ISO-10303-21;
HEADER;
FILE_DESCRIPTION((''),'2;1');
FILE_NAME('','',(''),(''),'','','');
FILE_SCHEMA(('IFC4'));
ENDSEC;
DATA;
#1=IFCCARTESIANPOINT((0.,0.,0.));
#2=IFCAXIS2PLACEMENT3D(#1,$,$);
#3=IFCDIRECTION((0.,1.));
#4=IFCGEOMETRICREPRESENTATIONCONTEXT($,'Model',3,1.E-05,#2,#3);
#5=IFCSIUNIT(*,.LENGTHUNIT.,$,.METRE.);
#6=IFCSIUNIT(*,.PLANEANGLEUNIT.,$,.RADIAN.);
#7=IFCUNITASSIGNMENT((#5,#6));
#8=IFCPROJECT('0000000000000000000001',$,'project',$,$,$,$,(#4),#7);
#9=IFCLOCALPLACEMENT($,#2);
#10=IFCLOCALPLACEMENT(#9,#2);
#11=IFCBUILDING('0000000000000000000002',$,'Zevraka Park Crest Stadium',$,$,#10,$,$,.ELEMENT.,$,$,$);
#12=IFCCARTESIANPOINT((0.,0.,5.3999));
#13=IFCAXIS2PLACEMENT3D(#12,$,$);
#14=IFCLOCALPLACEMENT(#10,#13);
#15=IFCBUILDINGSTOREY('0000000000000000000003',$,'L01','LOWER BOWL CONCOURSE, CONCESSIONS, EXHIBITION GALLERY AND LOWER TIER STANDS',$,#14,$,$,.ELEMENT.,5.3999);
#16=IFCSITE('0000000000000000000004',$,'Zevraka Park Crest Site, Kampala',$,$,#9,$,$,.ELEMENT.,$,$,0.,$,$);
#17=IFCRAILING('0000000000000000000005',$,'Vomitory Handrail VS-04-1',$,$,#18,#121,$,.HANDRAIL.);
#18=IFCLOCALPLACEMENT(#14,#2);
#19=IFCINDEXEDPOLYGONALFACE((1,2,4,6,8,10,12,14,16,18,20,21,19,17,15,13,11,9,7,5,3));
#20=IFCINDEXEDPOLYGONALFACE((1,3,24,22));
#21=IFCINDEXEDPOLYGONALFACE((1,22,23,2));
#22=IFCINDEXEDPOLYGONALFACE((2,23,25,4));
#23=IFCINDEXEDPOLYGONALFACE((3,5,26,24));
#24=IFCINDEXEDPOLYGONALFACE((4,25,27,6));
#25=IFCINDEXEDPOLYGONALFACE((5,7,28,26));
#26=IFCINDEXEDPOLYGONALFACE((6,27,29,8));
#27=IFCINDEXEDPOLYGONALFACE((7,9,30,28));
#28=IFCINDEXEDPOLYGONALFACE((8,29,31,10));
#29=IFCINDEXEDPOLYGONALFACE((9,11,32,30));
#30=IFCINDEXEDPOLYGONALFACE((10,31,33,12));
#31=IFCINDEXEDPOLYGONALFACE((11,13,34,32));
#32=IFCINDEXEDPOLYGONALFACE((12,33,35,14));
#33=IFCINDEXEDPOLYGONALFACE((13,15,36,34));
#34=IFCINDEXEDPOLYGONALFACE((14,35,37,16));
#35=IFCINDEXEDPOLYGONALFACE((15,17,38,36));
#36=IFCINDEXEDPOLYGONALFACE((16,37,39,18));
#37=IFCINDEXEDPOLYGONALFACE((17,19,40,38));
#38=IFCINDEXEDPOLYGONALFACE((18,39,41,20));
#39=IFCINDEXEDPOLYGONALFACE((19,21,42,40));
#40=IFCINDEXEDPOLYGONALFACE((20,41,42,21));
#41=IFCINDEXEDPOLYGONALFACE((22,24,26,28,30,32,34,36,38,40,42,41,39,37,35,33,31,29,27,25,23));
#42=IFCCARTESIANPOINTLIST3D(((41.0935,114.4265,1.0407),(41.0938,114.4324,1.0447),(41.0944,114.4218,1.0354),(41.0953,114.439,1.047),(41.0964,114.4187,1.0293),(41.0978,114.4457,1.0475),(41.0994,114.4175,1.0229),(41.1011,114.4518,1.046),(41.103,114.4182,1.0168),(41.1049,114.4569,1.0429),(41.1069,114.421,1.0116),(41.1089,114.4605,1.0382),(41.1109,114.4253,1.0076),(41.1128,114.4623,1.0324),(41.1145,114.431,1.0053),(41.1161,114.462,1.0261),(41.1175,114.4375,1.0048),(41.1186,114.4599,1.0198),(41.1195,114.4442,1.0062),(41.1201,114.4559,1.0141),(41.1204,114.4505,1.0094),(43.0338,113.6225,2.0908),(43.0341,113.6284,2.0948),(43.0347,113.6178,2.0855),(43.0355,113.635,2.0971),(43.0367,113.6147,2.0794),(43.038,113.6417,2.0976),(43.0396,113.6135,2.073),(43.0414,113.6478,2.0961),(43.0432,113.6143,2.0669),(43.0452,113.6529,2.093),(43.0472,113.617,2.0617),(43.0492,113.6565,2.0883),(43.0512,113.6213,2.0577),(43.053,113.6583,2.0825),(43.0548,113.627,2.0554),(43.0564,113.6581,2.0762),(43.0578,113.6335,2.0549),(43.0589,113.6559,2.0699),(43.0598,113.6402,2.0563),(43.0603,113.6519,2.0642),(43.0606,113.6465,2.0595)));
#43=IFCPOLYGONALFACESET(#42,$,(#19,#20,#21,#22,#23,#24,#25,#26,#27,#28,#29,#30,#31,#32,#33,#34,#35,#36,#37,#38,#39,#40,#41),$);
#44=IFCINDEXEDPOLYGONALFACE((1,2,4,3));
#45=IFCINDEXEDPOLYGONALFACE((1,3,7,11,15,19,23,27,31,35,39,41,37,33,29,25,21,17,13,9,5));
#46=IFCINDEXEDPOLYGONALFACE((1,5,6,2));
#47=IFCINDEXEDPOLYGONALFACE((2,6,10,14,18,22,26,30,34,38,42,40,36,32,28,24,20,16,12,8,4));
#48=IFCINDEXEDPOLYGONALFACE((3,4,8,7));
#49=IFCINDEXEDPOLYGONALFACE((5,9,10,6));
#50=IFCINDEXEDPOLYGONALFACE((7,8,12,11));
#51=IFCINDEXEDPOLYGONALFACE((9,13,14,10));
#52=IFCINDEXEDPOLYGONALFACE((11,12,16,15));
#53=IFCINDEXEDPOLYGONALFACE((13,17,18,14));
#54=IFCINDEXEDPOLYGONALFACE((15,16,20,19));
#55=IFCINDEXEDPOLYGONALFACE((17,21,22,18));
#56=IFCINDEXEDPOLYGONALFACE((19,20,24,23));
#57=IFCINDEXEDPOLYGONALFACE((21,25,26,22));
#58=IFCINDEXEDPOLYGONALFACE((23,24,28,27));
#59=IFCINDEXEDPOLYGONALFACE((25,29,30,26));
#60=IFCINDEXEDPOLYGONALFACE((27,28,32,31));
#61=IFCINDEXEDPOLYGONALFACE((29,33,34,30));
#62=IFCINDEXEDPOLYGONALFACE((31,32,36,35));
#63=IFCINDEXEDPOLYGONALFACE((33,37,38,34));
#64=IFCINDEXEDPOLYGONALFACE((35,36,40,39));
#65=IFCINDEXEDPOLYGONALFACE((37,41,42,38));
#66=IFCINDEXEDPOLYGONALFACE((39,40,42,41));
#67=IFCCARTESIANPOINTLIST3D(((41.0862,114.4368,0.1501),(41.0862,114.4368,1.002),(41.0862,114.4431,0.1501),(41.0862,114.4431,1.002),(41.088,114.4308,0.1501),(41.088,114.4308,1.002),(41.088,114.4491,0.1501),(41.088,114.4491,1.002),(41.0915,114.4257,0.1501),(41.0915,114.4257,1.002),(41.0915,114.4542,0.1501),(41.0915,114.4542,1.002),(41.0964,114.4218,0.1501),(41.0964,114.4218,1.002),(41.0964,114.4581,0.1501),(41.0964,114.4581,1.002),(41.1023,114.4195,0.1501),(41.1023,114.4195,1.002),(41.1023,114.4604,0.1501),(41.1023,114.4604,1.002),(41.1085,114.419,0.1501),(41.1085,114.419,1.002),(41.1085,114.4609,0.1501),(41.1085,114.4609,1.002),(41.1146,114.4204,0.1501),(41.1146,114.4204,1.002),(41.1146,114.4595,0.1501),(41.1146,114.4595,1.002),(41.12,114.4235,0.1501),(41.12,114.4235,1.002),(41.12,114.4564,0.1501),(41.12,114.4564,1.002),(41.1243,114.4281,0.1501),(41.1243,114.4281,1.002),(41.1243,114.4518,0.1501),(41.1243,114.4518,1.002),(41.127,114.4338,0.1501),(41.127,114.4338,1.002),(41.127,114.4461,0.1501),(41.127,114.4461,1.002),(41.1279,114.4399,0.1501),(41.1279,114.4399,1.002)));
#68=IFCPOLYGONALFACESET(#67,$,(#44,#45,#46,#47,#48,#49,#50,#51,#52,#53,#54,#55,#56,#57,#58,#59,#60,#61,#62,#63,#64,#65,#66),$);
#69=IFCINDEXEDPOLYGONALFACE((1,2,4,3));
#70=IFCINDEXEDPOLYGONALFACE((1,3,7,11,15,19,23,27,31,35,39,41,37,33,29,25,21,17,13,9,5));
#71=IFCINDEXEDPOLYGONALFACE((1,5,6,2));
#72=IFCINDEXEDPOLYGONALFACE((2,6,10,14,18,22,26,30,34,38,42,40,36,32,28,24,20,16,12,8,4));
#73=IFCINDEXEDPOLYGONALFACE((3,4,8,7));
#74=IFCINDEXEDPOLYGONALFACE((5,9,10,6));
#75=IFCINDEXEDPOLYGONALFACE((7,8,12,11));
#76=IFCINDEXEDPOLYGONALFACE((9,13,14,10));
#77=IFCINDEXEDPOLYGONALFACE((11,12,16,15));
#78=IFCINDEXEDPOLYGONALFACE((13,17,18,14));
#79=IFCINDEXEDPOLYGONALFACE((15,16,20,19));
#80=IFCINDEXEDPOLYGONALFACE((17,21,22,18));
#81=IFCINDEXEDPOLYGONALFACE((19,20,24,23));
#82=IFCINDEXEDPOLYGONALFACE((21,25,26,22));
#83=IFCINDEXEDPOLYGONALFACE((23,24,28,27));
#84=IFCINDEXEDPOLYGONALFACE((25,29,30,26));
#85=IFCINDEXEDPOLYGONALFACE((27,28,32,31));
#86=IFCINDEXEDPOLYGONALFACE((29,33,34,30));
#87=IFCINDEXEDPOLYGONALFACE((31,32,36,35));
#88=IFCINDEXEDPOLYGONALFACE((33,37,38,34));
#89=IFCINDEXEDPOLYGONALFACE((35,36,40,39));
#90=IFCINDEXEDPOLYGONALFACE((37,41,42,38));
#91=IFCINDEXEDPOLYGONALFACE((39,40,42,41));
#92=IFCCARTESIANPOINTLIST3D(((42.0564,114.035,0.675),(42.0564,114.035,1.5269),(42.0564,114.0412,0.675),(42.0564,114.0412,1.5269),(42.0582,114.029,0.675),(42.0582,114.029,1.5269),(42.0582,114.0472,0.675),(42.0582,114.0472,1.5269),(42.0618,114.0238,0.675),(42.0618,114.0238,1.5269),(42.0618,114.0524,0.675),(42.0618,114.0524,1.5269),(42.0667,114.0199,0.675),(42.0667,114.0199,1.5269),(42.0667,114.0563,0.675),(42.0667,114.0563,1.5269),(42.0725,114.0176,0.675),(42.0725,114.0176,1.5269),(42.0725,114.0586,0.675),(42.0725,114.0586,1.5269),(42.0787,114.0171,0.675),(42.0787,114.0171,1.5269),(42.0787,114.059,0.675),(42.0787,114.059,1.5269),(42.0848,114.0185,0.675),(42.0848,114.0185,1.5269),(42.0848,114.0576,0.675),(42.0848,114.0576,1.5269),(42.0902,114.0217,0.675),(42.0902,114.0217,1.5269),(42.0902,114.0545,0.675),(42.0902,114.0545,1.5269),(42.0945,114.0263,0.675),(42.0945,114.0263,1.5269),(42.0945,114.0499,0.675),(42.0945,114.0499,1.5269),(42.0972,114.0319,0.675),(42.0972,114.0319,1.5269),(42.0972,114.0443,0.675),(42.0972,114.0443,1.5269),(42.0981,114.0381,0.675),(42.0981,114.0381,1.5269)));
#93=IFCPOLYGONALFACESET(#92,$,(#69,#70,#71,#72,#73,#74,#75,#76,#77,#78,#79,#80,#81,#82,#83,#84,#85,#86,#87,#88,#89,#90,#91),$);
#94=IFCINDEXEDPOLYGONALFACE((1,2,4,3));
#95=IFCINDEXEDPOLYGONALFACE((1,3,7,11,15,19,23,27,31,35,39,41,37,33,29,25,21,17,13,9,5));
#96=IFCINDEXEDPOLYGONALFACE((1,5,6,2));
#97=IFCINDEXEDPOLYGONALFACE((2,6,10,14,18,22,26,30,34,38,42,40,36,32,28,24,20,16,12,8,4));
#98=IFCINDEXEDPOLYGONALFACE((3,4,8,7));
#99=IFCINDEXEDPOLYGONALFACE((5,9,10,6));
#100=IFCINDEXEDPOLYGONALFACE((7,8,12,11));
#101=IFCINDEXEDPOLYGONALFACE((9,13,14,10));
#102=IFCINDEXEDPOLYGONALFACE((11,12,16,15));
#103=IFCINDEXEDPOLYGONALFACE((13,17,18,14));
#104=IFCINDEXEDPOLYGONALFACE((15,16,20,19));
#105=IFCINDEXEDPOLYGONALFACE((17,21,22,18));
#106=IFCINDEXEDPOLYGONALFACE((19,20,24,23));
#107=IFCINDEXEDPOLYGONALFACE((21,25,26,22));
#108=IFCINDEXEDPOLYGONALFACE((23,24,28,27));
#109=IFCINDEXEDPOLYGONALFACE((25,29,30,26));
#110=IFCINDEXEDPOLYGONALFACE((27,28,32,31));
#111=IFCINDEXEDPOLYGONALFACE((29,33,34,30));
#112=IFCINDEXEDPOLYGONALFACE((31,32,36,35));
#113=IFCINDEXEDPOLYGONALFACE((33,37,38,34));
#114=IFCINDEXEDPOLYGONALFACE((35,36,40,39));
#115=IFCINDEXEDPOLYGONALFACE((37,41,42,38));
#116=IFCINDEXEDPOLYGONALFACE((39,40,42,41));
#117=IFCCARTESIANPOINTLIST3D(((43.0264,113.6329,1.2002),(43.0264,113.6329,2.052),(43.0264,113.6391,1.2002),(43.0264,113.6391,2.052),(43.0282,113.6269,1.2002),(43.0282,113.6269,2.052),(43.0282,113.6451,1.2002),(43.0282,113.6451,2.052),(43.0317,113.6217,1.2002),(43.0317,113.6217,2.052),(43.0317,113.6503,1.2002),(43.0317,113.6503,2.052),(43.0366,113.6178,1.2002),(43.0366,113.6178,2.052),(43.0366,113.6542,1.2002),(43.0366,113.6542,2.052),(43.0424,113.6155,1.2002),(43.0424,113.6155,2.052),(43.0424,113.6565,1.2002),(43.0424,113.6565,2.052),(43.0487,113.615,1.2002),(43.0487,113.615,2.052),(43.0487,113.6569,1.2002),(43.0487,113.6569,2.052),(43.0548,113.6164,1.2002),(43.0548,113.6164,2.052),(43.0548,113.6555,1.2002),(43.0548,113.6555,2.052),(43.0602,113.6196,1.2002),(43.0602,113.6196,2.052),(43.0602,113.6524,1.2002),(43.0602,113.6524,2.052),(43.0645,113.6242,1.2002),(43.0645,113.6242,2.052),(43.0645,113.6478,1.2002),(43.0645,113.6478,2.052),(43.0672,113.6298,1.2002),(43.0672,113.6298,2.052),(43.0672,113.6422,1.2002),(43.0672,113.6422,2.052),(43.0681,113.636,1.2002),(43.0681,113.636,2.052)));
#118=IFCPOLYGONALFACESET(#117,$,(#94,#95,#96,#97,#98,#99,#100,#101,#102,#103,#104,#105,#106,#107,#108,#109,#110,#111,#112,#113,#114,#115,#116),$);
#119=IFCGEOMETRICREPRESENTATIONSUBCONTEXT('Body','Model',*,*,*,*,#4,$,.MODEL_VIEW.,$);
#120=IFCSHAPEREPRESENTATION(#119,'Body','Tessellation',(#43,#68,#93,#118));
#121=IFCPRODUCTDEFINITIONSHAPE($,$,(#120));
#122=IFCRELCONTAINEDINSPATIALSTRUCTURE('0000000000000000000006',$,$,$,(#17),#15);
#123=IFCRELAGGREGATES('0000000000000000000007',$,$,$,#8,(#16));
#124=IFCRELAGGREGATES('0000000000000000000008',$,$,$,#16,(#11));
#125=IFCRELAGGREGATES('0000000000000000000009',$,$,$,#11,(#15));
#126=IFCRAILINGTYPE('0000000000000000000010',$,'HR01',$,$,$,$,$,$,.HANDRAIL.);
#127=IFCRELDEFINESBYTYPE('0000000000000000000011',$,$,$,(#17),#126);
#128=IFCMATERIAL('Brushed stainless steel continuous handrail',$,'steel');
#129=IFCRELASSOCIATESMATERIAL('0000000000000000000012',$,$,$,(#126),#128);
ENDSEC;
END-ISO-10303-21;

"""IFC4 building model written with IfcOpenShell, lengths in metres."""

from ifc_helpers import new_model, si_unit, direction, frame, origin, origin_2d, place, context, subcontext, project, spatial, circle, extrude, material, type_object, element, save


model = new_model("IFC4")

# Units and contexts
model_context = context("Model", 3, precision=1e-05, world=origin(), true_north=direction((0.0, 1.0)))
body_context = subcontext(model_context, "Body", "Model", "MODEL_VIEW")
ifc_project = project(units=[si_unit("LENGTHUNIT", "METRE"), si_unit("PLANEANGLEUNIT", "RADIAN")], contexts=[model_context])

# Site, building, storey
site_placement = place(None, origin())
site = spatial("IfcSite", under=ifc_project, at=site_placement, Name="Zevraka Park Crest Site, Kampala", CompositionType="ELEMENT", RefElevation=0.0)
building_placement = place(site_placement, origin())
building = spatial("IfcBuilding", under=site, at=building_placement, Name="Zevraka Park Crest Stadium", CompositionType="ELEMENT")
storey_placement = place(building_placement, frame((0.0, 0.0, 5.3999)))
storey = spatial("IfcBuildingStorey", under=building, at=storey_placement, Name="L01", Description="LOWER BOWL CONCOURSE, CONCESSIONS, EXHIBITION GALLERY AND LOWER TIER STANDS", CompositionType="ELEMENT", Elevation=5.3999)

# Railing
ifc_material_1 = material(Name="Brushed stainless steel continuous handrail", Category="steel")
railing_type_1 = type_object("IfcRailingType", Name="HR01", PredefinedType="HANDRAIL", material=ifc_material_1)
railing_1_placement = place(storey_placement, frame((41.1069, 114.4399, 0.1501)))
element("IfcRailing", 1, at=railing_1_placement, inside=storey, type_object=railing_type_1, Name="Vomitory Handrail VS-04-1", PredefinedType="HANDRAIL", context=body_context, shape_type="SweptSolid", body=[
    extrude(circle(Radius=0.0239, at=origin_2d()), frame((0.0, 0.0, 0.876), z_axis=(0.826302, -0.342395, 0.447203), x_axis=(0.382807, 0.923828, 0.0)), (0.0, 0.0, 1.0), 2.3481),
    extrude(circle(Radius=0.021, at=origin_2d()), origin(), (0.0, 0.0, 1.0), 0.8518),
    extrude(circle(Radius=0.021, at=origin_2d()), frame((0.9702, -0.4019, 0.5249)), (0.0, 0.0, 1.0), 0.8518),
    extrude(circle(Radius=0.021, at=origin_2d()), frame((1.9402, -0.804, 1.05)), (0.0, 0.0, 1.0), 0.8518),
])

save(model, "model.ifc")
